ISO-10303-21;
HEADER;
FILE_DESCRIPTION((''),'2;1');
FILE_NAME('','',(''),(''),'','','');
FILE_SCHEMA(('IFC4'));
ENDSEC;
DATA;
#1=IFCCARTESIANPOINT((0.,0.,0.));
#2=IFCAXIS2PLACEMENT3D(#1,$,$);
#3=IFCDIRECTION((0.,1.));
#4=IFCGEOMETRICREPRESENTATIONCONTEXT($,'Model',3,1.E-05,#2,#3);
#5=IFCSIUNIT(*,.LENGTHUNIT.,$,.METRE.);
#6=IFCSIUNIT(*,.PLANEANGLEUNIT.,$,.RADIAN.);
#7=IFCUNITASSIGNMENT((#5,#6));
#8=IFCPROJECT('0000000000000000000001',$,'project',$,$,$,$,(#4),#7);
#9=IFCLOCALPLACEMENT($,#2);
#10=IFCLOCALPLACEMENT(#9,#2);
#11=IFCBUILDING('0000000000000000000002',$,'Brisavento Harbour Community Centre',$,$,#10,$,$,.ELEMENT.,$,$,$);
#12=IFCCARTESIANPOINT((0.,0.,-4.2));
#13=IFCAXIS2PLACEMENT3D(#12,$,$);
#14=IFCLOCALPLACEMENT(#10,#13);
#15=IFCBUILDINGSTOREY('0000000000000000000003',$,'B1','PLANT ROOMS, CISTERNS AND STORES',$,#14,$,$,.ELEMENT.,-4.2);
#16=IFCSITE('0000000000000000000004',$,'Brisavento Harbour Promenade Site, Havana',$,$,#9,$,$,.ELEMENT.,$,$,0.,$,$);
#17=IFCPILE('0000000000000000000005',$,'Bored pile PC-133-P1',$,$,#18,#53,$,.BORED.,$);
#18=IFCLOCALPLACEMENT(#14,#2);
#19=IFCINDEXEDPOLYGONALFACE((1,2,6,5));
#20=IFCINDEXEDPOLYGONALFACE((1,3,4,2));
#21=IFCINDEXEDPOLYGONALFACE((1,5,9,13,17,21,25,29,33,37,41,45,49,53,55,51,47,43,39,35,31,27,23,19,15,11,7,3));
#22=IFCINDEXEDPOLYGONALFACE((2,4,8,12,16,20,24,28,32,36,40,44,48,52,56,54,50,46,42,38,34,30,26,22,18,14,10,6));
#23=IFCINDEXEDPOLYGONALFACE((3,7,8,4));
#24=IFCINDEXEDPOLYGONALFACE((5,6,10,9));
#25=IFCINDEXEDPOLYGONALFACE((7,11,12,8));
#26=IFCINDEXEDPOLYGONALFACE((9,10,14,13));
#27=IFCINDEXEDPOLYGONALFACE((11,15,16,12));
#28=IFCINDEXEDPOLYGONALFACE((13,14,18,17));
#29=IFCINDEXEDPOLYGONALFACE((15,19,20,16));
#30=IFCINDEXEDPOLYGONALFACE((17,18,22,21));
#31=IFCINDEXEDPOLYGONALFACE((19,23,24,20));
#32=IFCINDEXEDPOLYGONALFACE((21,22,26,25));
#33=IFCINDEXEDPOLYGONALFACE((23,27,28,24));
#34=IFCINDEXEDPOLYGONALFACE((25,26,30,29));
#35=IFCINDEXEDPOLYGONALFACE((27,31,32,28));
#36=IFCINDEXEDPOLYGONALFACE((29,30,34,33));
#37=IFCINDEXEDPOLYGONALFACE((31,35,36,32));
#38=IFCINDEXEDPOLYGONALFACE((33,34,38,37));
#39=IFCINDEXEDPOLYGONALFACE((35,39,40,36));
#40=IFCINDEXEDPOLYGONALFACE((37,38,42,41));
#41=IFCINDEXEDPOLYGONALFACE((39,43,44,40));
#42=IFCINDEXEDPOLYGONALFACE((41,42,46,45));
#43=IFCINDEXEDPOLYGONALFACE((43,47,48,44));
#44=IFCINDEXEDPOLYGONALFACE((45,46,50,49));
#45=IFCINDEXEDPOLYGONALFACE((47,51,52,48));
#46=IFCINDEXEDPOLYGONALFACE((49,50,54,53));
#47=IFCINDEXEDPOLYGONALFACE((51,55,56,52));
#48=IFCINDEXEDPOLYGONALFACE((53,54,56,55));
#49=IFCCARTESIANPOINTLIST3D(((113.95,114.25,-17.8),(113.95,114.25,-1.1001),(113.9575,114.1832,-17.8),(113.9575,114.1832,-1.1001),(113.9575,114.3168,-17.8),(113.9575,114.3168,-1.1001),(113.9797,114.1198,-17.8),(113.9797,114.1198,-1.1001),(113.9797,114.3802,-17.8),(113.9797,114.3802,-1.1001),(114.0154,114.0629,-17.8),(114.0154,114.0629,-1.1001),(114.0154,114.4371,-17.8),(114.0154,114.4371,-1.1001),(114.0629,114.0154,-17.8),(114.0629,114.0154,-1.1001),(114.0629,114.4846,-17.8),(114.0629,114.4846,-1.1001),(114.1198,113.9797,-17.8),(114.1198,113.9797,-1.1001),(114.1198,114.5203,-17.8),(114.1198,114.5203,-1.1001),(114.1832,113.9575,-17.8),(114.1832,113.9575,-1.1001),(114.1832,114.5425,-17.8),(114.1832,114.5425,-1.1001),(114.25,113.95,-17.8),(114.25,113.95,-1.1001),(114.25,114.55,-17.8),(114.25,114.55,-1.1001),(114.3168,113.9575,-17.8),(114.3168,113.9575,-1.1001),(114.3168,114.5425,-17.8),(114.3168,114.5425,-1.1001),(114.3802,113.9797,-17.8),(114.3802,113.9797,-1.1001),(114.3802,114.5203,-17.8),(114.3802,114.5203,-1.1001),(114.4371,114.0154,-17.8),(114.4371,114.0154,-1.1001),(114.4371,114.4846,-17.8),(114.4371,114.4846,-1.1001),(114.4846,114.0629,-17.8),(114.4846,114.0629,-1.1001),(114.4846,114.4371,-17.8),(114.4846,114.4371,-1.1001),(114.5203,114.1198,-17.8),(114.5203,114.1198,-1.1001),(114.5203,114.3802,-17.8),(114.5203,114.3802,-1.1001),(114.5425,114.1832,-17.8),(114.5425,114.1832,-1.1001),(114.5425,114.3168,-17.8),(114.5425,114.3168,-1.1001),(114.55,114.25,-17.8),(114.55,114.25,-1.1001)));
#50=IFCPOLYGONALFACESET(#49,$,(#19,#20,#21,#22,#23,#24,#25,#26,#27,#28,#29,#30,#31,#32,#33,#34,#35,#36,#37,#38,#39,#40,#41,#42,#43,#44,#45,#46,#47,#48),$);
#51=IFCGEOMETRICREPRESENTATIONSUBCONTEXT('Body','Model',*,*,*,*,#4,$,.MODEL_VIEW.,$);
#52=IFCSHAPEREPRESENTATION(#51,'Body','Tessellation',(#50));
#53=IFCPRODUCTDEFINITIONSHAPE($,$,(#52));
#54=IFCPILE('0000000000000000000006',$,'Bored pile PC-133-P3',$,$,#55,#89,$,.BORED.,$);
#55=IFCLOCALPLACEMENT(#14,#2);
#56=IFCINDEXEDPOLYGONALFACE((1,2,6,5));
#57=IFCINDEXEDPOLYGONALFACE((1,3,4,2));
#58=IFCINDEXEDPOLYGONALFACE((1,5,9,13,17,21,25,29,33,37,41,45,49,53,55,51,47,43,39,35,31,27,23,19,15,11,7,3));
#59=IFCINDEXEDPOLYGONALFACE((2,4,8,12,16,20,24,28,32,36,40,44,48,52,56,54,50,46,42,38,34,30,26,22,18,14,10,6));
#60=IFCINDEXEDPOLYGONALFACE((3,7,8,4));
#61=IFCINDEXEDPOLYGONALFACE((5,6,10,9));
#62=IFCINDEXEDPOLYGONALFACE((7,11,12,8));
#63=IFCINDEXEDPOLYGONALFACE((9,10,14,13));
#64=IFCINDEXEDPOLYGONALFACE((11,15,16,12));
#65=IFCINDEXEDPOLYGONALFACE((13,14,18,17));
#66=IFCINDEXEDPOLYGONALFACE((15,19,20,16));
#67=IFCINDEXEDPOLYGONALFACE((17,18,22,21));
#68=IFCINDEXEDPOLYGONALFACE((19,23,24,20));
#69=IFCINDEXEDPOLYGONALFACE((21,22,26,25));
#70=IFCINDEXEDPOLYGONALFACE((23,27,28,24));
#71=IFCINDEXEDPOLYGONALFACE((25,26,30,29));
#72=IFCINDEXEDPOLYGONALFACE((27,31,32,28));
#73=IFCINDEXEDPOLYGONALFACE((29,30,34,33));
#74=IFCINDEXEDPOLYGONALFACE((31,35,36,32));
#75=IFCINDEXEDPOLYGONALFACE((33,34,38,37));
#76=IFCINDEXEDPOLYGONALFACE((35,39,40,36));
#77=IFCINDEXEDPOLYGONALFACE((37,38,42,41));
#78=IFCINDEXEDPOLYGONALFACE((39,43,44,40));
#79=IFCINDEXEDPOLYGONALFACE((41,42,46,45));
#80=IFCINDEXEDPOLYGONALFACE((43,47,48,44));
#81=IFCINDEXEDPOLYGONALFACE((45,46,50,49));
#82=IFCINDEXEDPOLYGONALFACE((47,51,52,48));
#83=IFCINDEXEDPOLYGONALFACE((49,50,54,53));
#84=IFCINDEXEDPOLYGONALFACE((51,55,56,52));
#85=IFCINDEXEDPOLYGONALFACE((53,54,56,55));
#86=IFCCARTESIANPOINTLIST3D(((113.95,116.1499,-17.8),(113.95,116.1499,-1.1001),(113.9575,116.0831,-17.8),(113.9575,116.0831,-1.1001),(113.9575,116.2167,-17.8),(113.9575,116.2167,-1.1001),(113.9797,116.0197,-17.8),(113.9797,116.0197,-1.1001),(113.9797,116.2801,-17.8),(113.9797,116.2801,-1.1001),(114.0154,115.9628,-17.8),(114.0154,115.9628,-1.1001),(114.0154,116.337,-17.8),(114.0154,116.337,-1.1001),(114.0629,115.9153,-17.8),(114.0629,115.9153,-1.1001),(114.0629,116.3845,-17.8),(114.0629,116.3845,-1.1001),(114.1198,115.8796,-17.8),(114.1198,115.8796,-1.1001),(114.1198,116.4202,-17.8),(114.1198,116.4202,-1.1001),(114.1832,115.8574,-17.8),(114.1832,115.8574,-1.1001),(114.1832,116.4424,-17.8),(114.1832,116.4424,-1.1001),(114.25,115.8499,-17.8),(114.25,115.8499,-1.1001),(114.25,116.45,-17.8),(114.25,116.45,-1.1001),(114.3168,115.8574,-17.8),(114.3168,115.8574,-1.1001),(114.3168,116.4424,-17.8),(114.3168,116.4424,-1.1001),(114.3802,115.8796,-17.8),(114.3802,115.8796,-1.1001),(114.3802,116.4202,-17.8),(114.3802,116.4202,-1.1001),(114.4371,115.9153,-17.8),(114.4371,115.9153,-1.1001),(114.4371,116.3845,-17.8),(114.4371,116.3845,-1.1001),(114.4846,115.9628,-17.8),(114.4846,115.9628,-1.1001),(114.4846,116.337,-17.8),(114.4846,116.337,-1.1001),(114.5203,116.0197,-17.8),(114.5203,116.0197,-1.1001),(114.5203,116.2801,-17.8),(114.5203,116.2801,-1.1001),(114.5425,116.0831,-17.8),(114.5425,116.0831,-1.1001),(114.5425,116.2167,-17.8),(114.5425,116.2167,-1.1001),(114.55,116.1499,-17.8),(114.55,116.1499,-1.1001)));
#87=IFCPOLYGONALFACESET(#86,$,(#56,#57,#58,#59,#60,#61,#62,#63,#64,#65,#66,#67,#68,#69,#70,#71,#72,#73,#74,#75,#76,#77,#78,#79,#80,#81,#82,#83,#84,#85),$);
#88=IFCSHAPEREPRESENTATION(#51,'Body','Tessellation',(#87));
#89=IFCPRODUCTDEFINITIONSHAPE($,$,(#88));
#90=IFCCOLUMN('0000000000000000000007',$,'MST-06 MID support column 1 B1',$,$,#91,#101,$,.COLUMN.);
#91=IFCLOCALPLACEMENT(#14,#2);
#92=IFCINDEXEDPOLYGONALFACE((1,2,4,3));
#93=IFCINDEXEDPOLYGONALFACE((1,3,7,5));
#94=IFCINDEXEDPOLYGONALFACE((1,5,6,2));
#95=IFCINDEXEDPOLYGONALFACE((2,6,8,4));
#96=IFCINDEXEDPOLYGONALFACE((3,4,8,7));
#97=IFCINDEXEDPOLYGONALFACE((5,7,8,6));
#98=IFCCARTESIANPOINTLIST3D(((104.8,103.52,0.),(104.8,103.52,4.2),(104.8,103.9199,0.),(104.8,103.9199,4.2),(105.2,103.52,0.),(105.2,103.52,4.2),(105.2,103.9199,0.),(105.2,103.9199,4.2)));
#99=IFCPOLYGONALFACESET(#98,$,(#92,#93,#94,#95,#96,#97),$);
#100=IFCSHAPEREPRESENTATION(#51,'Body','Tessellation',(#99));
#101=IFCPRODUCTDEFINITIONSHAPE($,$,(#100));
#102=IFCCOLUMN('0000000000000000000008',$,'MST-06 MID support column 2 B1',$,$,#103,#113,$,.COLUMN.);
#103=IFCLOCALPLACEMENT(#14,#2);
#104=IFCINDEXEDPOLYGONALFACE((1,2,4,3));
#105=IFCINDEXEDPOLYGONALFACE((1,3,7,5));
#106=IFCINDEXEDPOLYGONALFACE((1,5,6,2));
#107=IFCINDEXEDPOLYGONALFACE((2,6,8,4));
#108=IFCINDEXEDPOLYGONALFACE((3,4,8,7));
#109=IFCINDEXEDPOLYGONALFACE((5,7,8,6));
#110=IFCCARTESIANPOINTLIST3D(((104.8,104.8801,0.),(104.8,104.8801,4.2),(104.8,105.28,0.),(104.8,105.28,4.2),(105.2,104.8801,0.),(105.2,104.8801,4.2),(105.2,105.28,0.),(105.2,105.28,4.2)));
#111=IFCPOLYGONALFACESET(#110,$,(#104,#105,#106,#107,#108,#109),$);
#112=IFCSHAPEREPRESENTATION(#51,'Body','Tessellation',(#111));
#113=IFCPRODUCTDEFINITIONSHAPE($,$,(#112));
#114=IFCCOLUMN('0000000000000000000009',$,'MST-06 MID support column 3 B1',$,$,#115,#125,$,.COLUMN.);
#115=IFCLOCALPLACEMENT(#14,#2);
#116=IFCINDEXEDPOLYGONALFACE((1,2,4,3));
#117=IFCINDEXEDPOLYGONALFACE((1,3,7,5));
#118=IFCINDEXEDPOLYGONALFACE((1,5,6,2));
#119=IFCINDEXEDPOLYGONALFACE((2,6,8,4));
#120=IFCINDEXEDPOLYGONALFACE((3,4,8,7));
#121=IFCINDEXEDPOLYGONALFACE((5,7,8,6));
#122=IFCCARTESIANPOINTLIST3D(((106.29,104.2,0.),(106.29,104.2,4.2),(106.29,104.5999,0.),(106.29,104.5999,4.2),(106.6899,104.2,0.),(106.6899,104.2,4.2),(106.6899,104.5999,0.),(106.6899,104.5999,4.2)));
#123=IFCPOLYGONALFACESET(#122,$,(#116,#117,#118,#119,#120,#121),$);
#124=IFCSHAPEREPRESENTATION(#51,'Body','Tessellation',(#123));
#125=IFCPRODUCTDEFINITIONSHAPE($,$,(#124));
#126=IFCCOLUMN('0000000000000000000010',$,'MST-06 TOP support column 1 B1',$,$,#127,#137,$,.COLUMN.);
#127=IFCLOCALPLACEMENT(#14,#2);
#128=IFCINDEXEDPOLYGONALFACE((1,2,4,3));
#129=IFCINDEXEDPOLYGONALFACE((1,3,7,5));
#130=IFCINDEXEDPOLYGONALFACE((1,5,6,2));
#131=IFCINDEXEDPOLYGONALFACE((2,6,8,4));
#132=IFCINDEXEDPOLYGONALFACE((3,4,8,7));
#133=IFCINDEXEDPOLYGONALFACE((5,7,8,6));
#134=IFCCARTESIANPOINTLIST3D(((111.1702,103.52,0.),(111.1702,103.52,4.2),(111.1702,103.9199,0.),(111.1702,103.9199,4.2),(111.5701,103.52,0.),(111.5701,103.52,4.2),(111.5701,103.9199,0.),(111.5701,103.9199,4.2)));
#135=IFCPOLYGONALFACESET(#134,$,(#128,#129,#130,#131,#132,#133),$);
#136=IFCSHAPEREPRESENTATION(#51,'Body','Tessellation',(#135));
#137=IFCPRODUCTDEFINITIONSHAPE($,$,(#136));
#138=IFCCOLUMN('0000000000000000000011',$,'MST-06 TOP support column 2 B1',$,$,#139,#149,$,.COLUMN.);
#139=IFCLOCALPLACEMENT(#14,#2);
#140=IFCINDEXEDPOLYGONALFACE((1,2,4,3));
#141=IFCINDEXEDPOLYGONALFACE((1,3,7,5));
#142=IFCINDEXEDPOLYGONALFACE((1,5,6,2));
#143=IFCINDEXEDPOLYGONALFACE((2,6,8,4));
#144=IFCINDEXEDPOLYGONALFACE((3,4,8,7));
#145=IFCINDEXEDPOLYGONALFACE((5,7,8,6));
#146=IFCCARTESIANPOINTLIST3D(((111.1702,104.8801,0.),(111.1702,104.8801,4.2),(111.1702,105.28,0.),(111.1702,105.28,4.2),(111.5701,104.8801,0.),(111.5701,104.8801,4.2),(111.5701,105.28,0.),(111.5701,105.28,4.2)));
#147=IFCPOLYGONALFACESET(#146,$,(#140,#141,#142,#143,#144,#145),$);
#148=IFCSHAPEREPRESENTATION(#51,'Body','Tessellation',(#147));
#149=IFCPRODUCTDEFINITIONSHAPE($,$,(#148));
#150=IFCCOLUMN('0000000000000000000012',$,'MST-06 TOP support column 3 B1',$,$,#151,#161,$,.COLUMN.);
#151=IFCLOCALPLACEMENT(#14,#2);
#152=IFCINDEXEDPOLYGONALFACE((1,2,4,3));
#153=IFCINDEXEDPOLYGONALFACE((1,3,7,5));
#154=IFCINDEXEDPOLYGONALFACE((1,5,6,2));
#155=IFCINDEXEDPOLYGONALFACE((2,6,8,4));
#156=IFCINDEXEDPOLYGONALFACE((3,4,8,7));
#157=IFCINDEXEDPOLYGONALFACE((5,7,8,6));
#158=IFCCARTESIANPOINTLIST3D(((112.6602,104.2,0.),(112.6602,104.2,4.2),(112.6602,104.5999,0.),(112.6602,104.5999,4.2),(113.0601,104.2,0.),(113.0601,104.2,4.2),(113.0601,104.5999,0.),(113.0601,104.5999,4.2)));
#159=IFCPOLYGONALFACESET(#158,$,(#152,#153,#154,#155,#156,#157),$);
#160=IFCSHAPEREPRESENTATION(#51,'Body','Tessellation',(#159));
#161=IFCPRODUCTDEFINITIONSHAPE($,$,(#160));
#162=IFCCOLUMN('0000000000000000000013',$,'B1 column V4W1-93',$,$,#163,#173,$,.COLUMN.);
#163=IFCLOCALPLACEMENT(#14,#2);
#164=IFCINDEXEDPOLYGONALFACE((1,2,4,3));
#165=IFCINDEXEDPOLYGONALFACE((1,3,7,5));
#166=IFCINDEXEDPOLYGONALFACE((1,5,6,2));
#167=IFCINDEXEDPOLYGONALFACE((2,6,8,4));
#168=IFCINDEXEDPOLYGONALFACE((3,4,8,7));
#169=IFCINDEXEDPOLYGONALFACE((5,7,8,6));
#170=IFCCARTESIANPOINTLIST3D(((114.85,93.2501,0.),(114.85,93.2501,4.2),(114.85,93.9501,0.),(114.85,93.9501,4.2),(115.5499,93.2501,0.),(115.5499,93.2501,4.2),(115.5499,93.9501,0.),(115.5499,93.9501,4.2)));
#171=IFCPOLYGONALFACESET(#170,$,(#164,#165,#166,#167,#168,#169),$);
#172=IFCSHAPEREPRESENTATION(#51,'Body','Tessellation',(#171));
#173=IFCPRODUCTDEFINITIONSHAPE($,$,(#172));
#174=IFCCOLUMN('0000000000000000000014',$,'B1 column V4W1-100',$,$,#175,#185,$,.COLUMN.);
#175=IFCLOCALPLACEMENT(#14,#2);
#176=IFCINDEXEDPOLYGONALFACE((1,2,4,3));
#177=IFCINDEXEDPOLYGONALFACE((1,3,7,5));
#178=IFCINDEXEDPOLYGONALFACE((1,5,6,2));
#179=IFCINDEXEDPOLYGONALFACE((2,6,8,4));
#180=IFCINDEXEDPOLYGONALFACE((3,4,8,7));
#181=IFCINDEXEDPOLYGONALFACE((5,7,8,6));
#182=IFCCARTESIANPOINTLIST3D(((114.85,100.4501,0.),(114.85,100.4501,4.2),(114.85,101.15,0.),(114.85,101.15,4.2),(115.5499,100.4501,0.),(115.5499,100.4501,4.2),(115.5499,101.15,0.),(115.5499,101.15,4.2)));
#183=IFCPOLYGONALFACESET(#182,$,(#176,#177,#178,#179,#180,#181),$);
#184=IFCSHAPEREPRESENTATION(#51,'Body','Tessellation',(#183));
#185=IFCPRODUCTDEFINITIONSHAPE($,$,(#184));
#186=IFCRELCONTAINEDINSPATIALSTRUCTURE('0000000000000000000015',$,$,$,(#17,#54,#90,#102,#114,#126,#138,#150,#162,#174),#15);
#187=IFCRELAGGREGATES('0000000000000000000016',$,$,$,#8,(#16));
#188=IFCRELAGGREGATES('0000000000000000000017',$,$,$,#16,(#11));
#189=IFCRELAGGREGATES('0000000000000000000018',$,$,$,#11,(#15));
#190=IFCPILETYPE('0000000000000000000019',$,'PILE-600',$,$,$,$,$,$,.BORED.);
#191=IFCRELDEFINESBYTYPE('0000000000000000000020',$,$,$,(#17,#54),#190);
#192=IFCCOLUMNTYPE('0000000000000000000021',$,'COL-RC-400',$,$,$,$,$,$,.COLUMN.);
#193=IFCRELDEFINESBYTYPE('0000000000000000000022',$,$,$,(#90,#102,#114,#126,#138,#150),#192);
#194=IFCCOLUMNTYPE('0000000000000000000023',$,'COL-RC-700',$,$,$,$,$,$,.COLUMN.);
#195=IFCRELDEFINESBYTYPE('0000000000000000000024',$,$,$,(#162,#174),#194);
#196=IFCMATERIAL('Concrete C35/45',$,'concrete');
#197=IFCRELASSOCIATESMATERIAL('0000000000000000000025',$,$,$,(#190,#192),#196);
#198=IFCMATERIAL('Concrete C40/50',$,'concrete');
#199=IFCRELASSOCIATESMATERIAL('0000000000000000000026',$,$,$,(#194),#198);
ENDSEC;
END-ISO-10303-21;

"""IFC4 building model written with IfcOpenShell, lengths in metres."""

from ifc_helpers import new_model, si_unit, direction, frame, origin, origin_2d, place, context, subcontext, project, spatial, rectangle, circle, extrude, material, material_profile, profile_set, type_object, element, save


model = new_model("IFC4")

# Units and contexts
model_context = context("Model", 3, precision=1e-05, world=origin(), true_north=direction((0.0, 1.0)))
body_context = subcontext(model_context, "Body", "Model", "MODEL_VIEW")
ifc_project = project(units=[si_unit("LENGTHUNIT", "METRE"), si_unit("PLANEANGLEUNIT", "RADIAN")], contexts=[model_context])

# Site, building, storey
site_placement = place(None, origin())
site = spatial("IfcSite", under=ifc_project, at=site_placement, Name="Brisavento Harbour Promenade Site, Havana", CompositionType="ELEMENT", RefElevation=0.0)
building_placement = place(site_placement, origin())
building = spatial("IfcBuilding", under=site, at=building_placement, Name="Brisavento Harbour Community Centre", CompositionType="ELEMENT")
storey_placement = place(building_placement, frame((0.0, 0.0, -4.2)))
storey = spatial("IfcBuildingStorey", under=building, at=storey_placement, Name="B1", Description="PLANT ROOMS, CISTERNS AND STORES", CompositionType="ELEMENT", Elevation=-4.2)

# Shared definitions
ifc_material_1 = material(Name="Concrete C35/45", Category="concrete")

# Piles
ifc_material_profile_1 = material_profile(ifc_material_1, circle(Radius=0.3, at=origin_2d()), Name="Concrete C35/45")
ifc_profile_set_1 = profile_set([ifc_material_profile_1], Name="Concrete C35/45")
pile_type = type_object("IfcPileType", Name="PILE-600", PredefinedType="BORED", material=ifc_profile_set_1)
for number, where, z_axis, x_axis, name in (
    (1, (114.25, 114.25, -1.1001), (0.0, 0.0, -1.0), (1.0, 0.0, 0.0), "Bored pile PC-133-P1"),
    (2, (114.25, 116.1499, -1.1001), (0.0, 0.0, -1.0), (1.0, 0.0, 0.0), "Bored pile PC-133-P3"),
):
    element("IfcPile", number, at=place(storey_placement, frame(where, z_axis=z_axis, x_axis=x_axis)), inside=storey, type_object=pile_type, Name=name, PredefinedType="BORED", context=body_context, shape_type="SweptSolid", body=[
        extrude(circle(Radius=0.3, at=origin_2d()), origin(), (0.0, 0.0, 1.0), 16.7),
    ])

# Columns
ifc_material_profile_2 = material_profile(ifc_material_1, rectangle(XDim=0.3999, YDim=0.3999, at=origin_2d()), Name="Concrete C35/45")
ifc_profile_set_2 = profile_set([ifc_material_profile_2], Name="Concrete C35/45")
column_type_1 = type_object("IfcColumnType", Name="COL-RC-400", PredefinedType="COLUMN", material=ifc_profile_set_2)
for number, where, z_axis, x_axis, name in (
    (3, (105.0, 103.72, 0.0), (0.0, 0.0, 1.0), (1.0, 0.0, 0.0), "MST-06 MID support column 1 B1"),
    (4, (105.0, 105.0801, 0.0), (0.0, 0.0, 1.0), (1.0, 0.0, 0.0), "MST-06 MID support column 2 B1"),
    (5, (106.49, 104.3999, 0.0), (0.0, 0.0, 1.0), (1.0, 0.0, 0.0), "MST-06 MID support column 3 B1"),
    (6, (111.3701, 103.72, 0.0), (0.0, 0.0, 1.0), (1.0, 0.0, 0.0), "MST-06 TOP support column 1 B1"),
    (7, (111.3701, 105.0801, 0.0), (0.0, 0.0, 1.0), (1.0, 0.0, 0.0), "MST-06 TOP support column 2 B1"),
    (8, (112.8601, 104.3999, 0.0), (0.0, 0.0, 1.0), (1.0, 0.0, 0.0), "MST-06 TOP support column 3 B1"),
):
    element("IfcColumn", number, at=place(storey_placement, frame(where, z_axis=z_axis, x_axis=x_axis)), inside=storey, type_object=column_type_1, Name=name, PredefinedType="COLUMN", context=body_context, shape_type="SweptSolid", body=[
        extrude(rectangle(XDim=0.3999, YDim=0.3999, at=origin_2d()), origin(), (0.0, 0.0, 1.0), 4.2),
    ])
ifc_material_2 = material(Name="Concrete C40/50", Category="concrete")
ifc_material_profile_3 = material_profile(ifc_material_2, rectangle(XDim=0.7, YDim=0.7, at=origin_2d()), Name="Concrete C40/50")
ifc_profile_set_3 = profile_set([ifc_material_profile_3], Name="Concrete C40/50")
column_type_2 = type_object("IfcColumnType", Name="COL-RC-700", PredefinedType="COLUMN", material=ifc_profile_set_3)
for number, where, z_axis, x_axis, name in (
    (9, (115.2, 93.6001, 0.0), (0.0, 0.0, 1.0), (1.0, 0.0, 0.0), "B1 column V4W1-93"),
    (10, (115.2, 100.8, 0.0), (0.0, 0.0, 1.0), (1.0, 0.0, 0.0), "B1 column V4W1-100"),
):
    element("IfcColumn", number, at=place(storey_placement, frame(where, z_axis=z_axis, x_axis=x_axis)), inside=storey, type_object=column_type_2, Name=name, PredefinedType="COLUMN", context=body_context, shape_type="SweptSolid", body=[
        extrude(rectangle(XDim=0.7, YDim=0.7, at=origin_2d()), origin(), (0.0, 0.0, 1.0), 4.2),
    ])

save(model, "model.ifc")
